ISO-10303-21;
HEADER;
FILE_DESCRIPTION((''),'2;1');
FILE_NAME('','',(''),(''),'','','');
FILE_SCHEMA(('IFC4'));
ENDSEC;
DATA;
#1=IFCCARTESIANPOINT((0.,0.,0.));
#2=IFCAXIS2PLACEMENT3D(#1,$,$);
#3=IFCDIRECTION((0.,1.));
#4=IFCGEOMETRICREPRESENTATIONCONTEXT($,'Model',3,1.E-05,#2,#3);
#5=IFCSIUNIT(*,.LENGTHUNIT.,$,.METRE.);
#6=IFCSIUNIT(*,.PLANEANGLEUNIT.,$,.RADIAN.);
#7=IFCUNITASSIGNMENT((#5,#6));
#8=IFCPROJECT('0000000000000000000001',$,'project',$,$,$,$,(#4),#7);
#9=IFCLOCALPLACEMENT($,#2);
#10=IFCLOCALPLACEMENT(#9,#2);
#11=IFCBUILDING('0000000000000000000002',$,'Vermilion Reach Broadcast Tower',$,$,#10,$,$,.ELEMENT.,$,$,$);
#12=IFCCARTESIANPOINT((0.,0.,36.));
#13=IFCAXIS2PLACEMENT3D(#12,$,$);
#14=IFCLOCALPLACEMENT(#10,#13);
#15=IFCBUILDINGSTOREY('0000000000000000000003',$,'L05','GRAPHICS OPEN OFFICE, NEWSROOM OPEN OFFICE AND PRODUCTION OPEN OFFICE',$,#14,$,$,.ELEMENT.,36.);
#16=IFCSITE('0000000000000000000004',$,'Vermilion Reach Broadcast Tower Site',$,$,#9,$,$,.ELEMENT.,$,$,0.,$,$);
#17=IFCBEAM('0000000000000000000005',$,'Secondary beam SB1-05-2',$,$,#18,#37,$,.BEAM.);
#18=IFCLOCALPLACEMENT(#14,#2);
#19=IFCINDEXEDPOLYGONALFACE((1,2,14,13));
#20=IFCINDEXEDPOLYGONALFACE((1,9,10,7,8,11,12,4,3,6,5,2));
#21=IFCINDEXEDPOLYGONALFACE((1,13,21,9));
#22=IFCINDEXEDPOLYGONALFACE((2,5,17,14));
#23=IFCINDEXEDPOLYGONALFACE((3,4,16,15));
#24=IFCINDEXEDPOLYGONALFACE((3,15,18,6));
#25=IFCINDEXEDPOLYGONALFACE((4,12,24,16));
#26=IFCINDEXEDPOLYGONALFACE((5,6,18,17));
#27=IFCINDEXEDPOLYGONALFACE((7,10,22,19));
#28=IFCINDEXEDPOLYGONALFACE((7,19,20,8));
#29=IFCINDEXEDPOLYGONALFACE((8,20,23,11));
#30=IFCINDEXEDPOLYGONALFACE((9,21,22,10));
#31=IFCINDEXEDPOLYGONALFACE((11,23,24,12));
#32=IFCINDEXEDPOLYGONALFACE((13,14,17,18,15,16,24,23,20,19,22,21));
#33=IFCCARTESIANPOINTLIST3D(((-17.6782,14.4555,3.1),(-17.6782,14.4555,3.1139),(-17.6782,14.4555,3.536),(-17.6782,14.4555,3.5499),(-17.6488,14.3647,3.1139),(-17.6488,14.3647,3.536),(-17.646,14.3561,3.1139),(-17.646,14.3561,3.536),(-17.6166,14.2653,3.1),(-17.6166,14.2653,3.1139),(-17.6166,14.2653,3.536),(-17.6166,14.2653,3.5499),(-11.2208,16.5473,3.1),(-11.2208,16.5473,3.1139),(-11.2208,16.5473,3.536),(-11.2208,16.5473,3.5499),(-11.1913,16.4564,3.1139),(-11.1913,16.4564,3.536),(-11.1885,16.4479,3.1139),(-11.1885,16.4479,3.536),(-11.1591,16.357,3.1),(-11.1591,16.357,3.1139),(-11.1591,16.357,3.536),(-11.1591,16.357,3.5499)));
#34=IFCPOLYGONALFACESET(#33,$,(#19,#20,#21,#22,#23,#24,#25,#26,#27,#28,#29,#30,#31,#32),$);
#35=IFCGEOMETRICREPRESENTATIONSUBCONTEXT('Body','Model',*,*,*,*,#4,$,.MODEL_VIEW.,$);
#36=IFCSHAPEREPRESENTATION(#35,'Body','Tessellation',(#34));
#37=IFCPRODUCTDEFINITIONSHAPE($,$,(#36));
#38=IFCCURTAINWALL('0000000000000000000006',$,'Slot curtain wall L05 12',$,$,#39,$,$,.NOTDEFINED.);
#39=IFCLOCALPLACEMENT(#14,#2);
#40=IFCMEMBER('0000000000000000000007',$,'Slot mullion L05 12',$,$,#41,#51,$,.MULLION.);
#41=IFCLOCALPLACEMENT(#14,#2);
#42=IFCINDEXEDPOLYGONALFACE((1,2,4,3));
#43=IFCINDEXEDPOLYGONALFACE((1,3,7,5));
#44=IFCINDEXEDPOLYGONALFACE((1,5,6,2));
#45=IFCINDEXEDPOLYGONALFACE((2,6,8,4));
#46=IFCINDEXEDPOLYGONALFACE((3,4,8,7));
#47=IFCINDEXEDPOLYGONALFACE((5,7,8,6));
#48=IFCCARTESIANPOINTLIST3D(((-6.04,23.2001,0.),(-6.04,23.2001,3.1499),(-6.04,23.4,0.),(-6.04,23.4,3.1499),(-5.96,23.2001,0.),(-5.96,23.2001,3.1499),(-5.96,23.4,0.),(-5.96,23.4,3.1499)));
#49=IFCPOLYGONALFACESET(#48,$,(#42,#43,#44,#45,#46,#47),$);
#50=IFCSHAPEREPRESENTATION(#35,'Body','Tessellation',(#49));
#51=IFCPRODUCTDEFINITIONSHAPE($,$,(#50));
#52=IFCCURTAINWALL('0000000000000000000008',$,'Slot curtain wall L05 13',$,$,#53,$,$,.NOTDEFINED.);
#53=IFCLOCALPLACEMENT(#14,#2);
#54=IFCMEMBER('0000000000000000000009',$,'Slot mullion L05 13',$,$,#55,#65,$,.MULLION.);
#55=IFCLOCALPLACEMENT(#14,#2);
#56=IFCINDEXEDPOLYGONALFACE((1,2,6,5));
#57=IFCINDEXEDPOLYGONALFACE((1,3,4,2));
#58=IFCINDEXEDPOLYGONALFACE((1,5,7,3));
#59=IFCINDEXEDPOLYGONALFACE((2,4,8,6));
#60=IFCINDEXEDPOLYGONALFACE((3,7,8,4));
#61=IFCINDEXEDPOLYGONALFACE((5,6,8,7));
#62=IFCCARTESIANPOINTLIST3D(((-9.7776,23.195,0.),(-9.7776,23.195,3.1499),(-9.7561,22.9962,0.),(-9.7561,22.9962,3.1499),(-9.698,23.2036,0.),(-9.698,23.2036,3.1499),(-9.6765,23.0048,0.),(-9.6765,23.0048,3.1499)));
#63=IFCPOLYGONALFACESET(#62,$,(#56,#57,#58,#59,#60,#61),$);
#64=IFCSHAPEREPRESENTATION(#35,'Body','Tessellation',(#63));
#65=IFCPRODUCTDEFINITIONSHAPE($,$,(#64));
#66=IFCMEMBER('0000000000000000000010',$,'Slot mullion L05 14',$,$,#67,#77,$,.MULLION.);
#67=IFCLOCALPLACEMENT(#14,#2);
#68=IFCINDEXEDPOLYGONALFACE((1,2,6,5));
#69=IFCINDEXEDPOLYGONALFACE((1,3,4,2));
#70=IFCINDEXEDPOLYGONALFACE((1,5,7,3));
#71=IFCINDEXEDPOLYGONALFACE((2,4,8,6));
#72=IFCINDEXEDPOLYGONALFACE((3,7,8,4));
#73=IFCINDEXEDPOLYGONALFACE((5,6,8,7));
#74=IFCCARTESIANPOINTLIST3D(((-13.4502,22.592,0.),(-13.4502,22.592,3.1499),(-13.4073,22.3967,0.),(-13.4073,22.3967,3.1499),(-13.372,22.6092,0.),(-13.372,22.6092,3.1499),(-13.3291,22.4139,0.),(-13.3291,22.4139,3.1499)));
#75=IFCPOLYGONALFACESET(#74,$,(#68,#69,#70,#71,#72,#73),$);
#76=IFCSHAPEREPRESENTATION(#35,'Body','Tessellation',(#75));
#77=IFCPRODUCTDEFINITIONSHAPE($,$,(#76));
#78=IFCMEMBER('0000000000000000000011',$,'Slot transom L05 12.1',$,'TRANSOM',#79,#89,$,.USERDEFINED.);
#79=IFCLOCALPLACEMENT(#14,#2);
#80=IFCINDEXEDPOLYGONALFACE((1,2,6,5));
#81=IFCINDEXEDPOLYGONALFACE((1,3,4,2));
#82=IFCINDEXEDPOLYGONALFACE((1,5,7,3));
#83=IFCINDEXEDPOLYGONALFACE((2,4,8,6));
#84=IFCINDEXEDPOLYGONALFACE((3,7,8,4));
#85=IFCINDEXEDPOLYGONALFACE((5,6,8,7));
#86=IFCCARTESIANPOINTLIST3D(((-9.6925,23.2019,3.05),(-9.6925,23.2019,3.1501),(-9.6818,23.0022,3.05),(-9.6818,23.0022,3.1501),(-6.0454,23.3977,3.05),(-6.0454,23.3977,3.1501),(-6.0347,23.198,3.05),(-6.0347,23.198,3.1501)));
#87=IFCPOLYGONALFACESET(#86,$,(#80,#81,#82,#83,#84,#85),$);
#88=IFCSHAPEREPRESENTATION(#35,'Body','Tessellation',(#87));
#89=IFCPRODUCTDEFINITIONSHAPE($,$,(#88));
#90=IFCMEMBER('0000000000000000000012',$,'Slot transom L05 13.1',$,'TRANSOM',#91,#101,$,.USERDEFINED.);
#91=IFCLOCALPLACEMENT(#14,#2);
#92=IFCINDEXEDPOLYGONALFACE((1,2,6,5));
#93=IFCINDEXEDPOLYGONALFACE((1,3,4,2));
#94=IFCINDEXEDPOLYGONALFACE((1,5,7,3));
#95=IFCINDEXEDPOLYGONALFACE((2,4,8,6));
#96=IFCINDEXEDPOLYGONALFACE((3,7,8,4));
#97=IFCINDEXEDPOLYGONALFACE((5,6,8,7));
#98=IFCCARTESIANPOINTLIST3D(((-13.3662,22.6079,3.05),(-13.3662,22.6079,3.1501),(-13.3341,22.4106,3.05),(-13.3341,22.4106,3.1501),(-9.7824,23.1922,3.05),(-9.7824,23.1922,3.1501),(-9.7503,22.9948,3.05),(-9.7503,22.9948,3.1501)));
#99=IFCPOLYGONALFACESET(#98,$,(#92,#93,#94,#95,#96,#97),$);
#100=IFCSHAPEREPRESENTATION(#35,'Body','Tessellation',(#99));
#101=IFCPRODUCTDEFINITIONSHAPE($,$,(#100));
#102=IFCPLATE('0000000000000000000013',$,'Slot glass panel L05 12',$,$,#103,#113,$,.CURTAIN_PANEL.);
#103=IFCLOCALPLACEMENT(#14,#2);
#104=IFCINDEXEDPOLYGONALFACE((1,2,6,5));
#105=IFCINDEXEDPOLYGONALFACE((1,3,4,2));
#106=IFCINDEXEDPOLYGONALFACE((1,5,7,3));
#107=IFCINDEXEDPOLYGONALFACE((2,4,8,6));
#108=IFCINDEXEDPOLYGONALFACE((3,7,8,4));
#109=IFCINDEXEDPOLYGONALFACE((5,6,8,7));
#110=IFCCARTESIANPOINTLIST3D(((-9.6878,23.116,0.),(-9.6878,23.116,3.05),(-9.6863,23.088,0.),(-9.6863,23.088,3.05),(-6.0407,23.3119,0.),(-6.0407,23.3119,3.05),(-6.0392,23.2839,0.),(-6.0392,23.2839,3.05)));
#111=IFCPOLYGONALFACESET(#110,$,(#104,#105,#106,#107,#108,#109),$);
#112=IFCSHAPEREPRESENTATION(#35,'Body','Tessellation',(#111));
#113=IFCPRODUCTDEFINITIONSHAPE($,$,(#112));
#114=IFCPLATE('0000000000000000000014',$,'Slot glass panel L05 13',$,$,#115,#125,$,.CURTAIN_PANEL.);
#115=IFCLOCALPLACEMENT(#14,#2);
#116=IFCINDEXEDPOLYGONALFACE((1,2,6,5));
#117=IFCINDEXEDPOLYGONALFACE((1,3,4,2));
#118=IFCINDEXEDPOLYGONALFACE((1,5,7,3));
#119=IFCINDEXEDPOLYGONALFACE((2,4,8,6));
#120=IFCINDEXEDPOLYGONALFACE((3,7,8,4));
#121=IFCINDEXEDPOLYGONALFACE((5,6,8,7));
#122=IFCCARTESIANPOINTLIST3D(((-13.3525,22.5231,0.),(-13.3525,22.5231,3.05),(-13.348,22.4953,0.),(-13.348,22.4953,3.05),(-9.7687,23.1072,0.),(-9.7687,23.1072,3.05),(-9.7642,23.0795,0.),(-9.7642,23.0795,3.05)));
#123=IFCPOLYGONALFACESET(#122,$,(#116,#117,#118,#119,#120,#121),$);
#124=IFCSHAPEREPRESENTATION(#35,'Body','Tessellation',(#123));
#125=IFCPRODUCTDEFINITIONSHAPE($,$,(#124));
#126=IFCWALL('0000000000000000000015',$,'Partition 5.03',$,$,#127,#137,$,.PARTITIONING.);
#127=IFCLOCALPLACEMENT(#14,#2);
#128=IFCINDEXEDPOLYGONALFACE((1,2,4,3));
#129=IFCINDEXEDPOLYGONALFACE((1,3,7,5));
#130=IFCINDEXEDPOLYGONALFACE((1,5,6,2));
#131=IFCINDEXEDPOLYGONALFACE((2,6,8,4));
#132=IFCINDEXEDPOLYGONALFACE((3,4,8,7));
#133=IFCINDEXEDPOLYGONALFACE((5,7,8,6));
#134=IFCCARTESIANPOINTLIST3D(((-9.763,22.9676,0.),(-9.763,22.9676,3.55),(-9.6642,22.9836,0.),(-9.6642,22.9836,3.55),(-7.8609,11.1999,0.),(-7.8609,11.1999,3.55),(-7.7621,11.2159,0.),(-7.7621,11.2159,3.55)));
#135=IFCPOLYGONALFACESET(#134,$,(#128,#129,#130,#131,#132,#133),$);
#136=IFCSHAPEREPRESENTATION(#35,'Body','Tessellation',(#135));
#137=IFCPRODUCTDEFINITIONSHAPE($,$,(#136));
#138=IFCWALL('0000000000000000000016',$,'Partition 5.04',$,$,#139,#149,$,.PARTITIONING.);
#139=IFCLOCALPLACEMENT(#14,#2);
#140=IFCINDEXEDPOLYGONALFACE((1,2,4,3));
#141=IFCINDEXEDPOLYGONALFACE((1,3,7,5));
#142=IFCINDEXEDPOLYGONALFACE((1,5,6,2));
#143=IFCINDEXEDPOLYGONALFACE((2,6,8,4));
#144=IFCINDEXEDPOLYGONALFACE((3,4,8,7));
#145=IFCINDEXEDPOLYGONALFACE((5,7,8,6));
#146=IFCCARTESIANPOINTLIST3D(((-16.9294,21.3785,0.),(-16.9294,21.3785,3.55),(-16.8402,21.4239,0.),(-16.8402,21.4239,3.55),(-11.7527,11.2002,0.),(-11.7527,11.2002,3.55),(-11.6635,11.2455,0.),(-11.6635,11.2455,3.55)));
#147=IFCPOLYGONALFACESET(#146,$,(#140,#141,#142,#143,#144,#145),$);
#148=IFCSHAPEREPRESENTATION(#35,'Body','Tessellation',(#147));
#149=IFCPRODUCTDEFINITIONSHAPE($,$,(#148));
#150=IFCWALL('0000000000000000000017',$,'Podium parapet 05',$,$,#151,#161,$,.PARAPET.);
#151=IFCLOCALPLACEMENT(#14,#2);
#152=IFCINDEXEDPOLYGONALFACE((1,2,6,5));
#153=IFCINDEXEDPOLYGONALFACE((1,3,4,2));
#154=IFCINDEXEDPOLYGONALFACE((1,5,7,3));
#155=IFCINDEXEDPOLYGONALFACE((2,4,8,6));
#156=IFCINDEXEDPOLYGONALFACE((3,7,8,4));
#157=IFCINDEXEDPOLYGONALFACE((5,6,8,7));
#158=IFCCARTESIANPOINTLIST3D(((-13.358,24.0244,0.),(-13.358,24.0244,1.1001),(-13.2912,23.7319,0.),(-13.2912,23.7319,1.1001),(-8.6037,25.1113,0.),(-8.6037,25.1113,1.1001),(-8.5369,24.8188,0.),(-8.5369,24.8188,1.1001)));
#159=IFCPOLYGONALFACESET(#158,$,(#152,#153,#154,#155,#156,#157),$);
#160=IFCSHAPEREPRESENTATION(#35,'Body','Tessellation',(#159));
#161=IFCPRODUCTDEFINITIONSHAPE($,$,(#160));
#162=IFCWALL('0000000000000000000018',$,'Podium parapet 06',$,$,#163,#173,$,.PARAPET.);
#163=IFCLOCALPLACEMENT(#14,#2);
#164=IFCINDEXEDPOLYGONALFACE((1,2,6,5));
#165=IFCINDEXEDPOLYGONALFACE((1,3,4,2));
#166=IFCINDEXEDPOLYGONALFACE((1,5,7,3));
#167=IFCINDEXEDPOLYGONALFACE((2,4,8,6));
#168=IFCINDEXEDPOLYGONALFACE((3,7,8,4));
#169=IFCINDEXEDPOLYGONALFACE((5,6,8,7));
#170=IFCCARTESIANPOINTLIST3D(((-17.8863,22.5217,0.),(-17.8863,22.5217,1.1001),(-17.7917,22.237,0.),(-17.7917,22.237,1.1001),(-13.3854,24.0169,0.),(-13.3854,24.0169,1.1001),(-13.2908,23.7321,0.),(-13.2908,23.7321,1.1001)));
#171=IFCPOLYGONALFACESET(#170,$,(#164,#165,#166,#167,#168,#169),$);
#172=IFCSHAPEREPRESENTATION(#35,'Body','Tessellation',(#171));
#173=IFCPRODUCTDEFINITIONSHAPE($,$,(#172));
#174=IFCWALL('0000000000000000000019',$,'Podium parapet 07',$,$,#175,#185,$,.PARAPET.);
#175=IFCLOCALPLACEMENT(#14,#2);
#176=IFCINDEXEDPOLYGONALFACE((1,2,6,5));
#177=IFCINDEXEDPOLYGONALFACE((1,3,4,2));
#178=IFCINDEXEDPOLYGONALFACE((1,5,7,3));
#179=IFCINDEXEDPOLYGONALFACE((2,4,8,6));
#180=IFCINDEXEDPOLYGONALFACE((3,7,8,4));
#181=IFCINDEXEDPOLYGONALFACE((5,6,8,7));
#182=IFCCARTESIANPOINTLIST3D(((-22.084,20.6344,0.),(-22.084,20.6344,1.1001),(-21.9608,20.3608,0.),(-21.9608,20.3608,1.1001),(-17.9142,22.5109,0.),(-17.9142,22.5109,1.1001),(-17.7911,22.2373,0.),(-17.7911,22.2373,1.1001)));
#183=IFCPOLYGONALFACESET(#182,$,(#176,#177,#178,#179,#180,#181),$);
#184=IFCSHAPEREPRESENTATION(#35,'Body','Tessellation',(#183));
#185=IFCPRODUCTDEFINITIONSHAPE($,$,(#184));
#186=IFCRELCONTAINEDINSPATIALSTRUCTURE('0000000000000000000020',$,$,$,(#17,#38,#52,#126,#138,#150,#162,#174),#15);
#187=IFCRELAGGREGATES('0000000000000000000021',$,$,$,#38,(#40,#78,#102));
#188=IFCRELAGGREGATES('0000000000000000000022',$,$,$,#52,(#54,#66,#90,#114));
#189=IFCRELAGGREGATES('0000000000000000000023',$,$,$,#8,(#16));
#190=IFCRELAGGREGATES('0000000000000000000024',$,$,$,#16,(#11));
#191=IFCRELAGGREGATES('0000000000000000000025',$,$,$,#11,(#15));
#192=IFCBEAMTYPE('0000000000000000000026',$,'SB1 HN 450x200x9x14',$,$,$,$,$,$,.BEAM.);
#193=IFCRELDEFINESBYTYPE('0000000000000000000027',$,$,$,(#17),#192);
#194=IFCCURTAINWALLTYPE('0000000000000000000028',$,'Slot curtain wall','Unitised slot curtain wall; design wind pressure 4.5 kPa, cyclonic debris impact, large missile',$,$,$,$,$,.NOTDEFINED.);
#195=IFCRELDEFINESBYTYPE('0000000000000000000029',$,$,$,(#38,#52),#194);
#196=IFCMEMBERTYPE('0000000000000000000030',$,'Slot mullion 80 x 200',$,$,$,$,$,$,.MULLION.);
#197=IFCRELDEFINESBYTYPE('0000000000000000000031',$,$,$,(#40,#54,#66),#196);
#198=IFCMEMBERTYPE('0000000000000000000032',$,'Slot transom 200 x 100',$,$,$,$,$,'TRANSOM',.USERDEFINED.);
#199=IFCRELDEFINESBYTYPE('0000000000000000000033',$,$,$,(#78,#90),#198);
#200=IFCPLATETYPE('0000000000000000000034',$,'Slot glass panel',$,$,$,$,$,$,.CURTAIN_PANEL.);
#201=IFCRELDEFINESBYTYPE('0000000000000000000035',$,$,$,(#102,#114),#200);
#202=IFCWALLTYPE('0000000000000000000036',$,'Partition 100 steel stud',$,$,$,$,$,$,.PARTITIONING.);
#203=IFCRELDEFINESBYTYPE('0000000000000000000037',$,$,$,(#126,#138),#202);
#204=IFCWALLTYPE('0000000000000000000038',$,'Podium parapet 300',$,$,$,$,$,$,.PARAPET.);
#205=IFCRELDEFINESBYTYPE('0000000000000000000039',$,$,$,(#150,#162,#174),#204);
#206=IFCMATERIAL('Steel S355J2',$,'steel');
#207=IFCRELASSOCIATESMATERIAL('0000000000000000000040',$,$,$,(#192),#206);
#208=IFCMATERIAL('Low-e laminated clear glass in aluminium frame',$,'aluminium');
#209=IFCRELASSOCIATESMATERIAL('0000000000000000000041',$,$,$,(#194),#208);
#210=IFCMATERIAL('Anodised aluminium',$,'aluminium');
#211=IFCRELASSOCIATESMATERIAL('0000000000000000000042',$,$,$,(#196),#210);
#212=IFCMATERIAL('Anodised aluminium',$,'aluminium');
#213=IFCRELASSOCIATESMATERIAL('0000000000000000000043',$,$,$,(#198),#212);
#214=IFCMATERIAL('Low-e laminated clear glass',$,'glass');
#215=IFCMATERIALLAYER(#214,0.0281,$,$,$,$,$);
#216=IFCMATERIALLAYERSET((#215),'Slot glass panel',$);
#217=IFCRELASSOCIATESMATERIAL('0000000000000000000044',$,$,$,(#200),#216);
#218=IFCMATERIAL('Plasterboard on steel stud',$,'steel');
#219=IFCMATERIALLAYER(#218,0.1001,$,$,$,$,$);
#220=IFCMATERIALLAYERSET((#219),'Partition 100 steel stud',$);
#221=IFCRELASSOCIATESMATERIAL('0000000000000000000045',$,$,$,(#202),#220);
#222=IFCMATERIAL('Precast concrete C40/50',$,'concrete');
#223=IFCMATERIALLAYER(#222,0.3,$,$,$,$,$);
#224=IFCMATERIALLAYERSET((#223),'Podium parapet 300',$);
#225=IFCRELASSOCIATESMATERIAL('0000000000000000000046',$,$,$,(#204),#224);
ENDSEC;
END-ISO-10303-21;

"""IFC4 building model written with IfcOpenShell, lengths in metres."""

from ifc_helpers import new_model, si_unit, direction, frame, frame_2d, origin, origin_2d, place, context, subcontext, project, spatial, rectangle, i_section, extrude, material, layer, layer_set, material_profile, profile_set, type_object, element, aggregate, save


model = new_model("IFC4")

# Units and contexts
model_context = context("Model", 3, precision=1e-05, world=origin(), true_north=direction((0.0, 1.0)))
body_context = subcontext(model_context, "Body", "Model", "MODEL_VIEW")
ifc_project = project(units=[si_unit("LENGTHUNIT", "METRE"), si_unit("PLANEANGLEUNIT", "RADIAN")], contexts=[model_context])

# Site, building, storey
site_placement = place(None, origin())
site = spatial("IfcSite", under=ifc_project, at=site_placement, Name="Vermilion Reach Broadcast Tower Site", CompositionType="ELEMENT", RefElevation=0.0)
building_placement = place(site_placement, origin())
building = spatial("IfcBuilding", under=site, at=building_placement, Name="Vermilion Reach Broadcast Tower", CompositionType="ELEMENT")
storey_placement = place(building_placement, frame((0.0, 0.0, 36.0)))
storey = spatial("IfcBuildingStorey", under=building, at=storey_placement, Name="L05", Description="GRAPHICS OPEN OFFICE, NEWSROOM OPEN OFFICE AND PRODUCTION OPEN OFFICE", CompositionType="ELEMENT", Elevation=36.0)

# Beam
ifc_material_1 = material(Name="Steel S355J2", Category="steel")
ifc_material_profile_1 = material_profile(ifc_material_1, i_section(OverallWidth=0.2, OverallDepth=0.45, WebThickness=0.009, FlangeThickness=0.0139, at=origin_2d()), Name="S355J2 HN 450x200x9x14")
ifc_profile_set_1 = profile_set([ifc_material_profile_1], Name="Steel S355J2")
beam_type_1 = type_object("IfcBeamType", Name="SB1 HN 450x200x9x14", PredefinedType="BEAM", material=ifc_profile_set_1)
beam_1_placement = place(storey_placement, frame((-11.1899, 16.4521, 3.325), z_axis=(-0.951332, -0.308167, 0.0), x_axis=(0.308167, -0.951332, 0.0)))
element("IfcBeam", 1, at=beam_1_placement, inside=storey, type_object=beam_type_1, Name="Secondary beam SB1-05-2", PredefinedType="BEAM", context=body_context, shape_type="SweptSolid", body=[
    extrude(i_section(OverallWidth=0.2, OverallDepth=0.45, WebThickness=0.009, FlangeThickness=0.0139, at=origin_2d()), origin(), (0.0, 0.0, 1.0), 6.7878),
])

# Curtain wall, member
ifc_material_2 = material(Name="Low-e laminated clear glass in aluminium frame", Category="aluminium")
curtain_wall_type = type_object("IfcCurtainWallType", Name="Slot curtain wall", Description="Unitised slot curtain wall; design wind pressure 4.5 kPa, cyclonic debris impact, large missile", PredefinedType="NOTDEFINED", material=ifc_material_2)
placement = place(storey_placement, origin())
curtain_wall_1 = element("IfcCurtainWall", 2, at=placement, inside=storey, type_object=curtain_wall_type, Name="Slot curtain wall L05 12", PredefinedType="NOTDEFINED")
ifc_material_3 = material(Name="Anodised aluminium", Category="aluminium")
ifc_material_profile_2 = material_profile(ifc_material_3, rectangle(XDim=0.2, YDim=0.0801, at=origin_2d()), Name="Slot mullion 80 x 200")
ifc_profile_set_2 = profile_set([ifc_material_profile_2], Name="Anodised aluminium")
member_type_1 = type_object("IfcMemberType", Name="Slot mullion 80 x 200", PredefinedType="MULLION", material=ifc_profile_set_2)
member_1_placement = place(storey_placement, frame((-6.0, 23.3, 0.0), z_axis=(0.0, 0.0, 1.0), x_axis=(0.0, -1.0, 0.0)))
member_1 = element("IfcMember", 3, at=member_1_placement, type_object=member_type_1, Name="Slot mullion L05 12", PredefinedType="MULLION", context=body_context, shape_type="SweptSolid", body=[
    extrude(rectangle(XDim=0.2, YDim=0.0801, at=origin_2d()), origin(), (0.0, 0.0, 1.0), 3.1499),
])

# Curtain wall, members
curtain_wall_2 = element("IfcCurtainWall", 4, at=placement, inside=storey, type_object=curtain_wall_type, Name="Slot curtain wall L05 13", PredefinedType="NOTDEFINED")
member_2_placement = place(storey_placement, frame((-9.7271, 23.0999, 0.0), z_axis=(0.0, 0.0, 1.0), x_axis=(0.107408, -0.994215, 0.0)))
member_2 = element("IfcMember", 5, at=member_2_placement, type_object=member_type_1, Name="Slot mullion L05 13", PredefinedType="MULLION", context=body_context, shape_type="SweptSolid", body=[
    extrude(rectangle(XDim=0.2, YDim=0.0801, at=origin_2d()), origin(), (0.0, 0.0, 1.0), 3.1499),
])
member_3_placement = place(storey_placement, frame((-13.3896, 22.5029, 0.0), z_axis=(0.0, 0.0, 1.0), x_axis=(0.214752, -0.976669, 0.0)))
member_3 = element("IfcMember", 6, at=member_3_placement, type_object=member_type_1, Name="Slot mullion L05 14", PredefinedType="MULLION", context=body_context, shape_type="SweptSolid", body=[
    extrude(rectangle(XDim=0.2, YDim=0.0801, at=origin_2d()), origin(), (0.0, 0.0, 1.0), 3.1499),
])

# Members
ifc_material_4 = material(Name="Anodised aluminium", Category="aluminium")
ifc_material_profile_3 = material_profile(ifc_material_4, rectangle(XDim=0.2, YDim=0.1001, at=origin_2d()), Name="Slot transom 200 x 100")
ifc_profile_set_3 = profile_set([ifc_material_profile_3], Name="Anodised aluminium")
member_type_2 = type_object("IfcMemberType", Name="Slot transom 200 x 100", ElementType="TRANSOM", PredefinedType="USERDEFINED", material=ifc_profile_set_3)
member_4_placement = place(storey_placement, frame((-6.04, 23.2979, 3.1001), z_axis=(-0.998562, -0.053611, 0.0), x_axis=(0.053611, -0.998562, 0.0)))
member_4 = element("IfcMember", 7, at=member_4_placement, type_object=member_type_2, Name="Slot transom L05 12.1", ObjectType="TRANSOM", PredefinedType="USERDEFINED", context=body_context, shape_type="SweptSolid", body=[
    extrude(rectangle(XDim=0.2, YDim=0.1001, at=origin_2d()), origin(), (0.0, 0.0, 1.0), 3.6523),
])
member_5_placement = place(storey_placement, frame((-9.7664, 23.0935, 3.1001), z_axis=(-0.986971, -0.160898, 0.0), x_axis=(0.160898, -0.986971, 0.0)))
member_5 = element("IfcMember", 8, at=member_5_placement, type_object=member_type_2, Name="Slot transom L05 13.1", ObjectType="TRANSOM", PredefinedType="USERDEFINED", context=body_context, shape_type="SweptSolid", body=[
    extrude(rectangle(XDim=0.2, YDim=0.1001, at=origin_2d()), origin(), (0.0, 0.0, 1.0), 3.6311),
])

# Plates
ifc_material_5 = material(Name="Low-e laminated clear glass", Category="glass")
ifc_layer_1 = layer(ifc_material_5, 0.0281)
ifc_layer_set_1 = layer_set([ifc_layer_1], Name="Slot glass panel")
plate_type = type_object("IfcPlateType", Name="Slot glass panel", PredefinedType="CURTAIN_PANEL", material=ifc_layer_set_1)
plate_1_placement = place(storey_placement, frame((-7.8635, 23.2, 0.0), z_axis=(0.0, 0.0, 1.0), x_axis=(-0.998561, -0.053631, 0.0)))
plate_1 = element("IfcPlate", 9, at=plate_1_placement, type_object=plate_type, Name="Slot glass panel L05 12", PredefinedType="CURTAIN_PANEL", context=body_context, shape_type="SweptSolid", body=[
    extrude(rectangle(XDim=3.6523, YDim=0.0281, at=origin_2d()), origin(), (0.0, 0.0, 1.0), 3.05),
])
aggregate(curtain_wall_1, [member_1, member_4, plate_1])
plate_2_placement = place(storey_placement, frame((-11.5583, 22.8013, 0.0), z_axis=(0.0, 0.0, 1.0), x_axis=(-0.986975, -0.160872, 0.0)))
plate_2 = element("IfcPlate", 10, at=plate_2_placement, type_object=plate_type, Name="Slot glass panel L05 13", PredefinedType="CURTAIN_PANEL", context=body_context, shape_type="SweptSolid", body=[
    extrude(rectangle(XDim=3.6311, YDim=0.0281, at=origin_2d()), origin(), (0.0, 0.0, 1.0), 3.05),
])
aggregate(curtain_wall_2, [member_2, member_3, member_5, plate_2])

# Walls
ifc_material_6 = material(Name="Plasterboard on steel stud", Category="steel")
ifc_layer_2 = layer(ifc_material_6, 0.1001)
ifc_layer_set_2 = layer_set([ifc_layer_2], Name="Partition 100 steel stud")
wall_type_1 = type_object("IfcWallType", Name="Partition 100 steel stud", PredefinedType="PARTITIONING", material=ifc_layer_set_2)
wall_1_placement = place(storey_placement, frame((-9.7136, 22.9756, 0.0), z_axis=(0.0, 0.0, 1.0), x_axis=(0.159568, -0.987187, 0.0)))
element("IfcWall", 11, at=wall_1_placement, inside=storey, type_object=wall_type_1, Name="Partition 5.03", PredefinedType="PARTITIONING", context=body_context, shape_type="SweptSolid", body=[
    extrude(rectangle(XDim=11.9204, YDim=0.1001, at=frame_2d((5.9602, 0.0))), origin(), (0.0, 0.0, 1.0), 3.55),
])
wall_2_placement = place(storey_placement, frame((-16.8848, 21.4011, 0.0), z_axis=(0.0, 0.0, 1.0), x_axis=(0.453335, -0.89134, 0.0)))
element("IfcWall", 12, at=wall_2_placement, inside=storey, type_object=wall_type_1, Name="Partition 5.04", PredefinedType="PARTITIONING", context=body_context, shape_type="SweptSolid", body=[
    extrude(rectangle(XDim=11.4192, YDim=0.1001, at=frame_2d((5.7095, 0.0))), origin(), (0.0, 0.0, 1.0), 3.55),
])
ifc_material_7 = material(Name="Precast concrete C40/50", Category="concrete")
ifc_layer_3 = layer(ifc_material_7, 0.3)
ifc_layer_set_3 = layer_set([ifc_layer_3], Name="Podium parapet 300")
wall_type_2 = type_object("IfcWallType", Name="Podium parapet 300", PredefinedType="PARAPET", material=ifc_layer_set_3)
wall_3_placement = place(storey_placement, frame((-8.5703, 24.9651, 0.0), z_axis=(0.0, 0.0, 1.0), x_axis=(-0.97485, -0.222863, 0.0)))
element("IfcWall", 13, at=wall_3_placement, inside=storey, type_object=wall_type_2, Name="Podium parapet 05", PredefinedType="PARAPET", context=body_context, shape_type="SweptSolid", body=[
    extrude(rectangle(XDim=4.877, YDim=0.3, at=frame_2d((2.4385, 0.0))), origin(), (0.0, 0.0, 1.0), 1.1001),
])
wall_4_placement = place(storey_placement, frame((-13.3381, 23.8745, 0.0), z_axis=(0.0, 0.0, 1.0), x_axis=(-0.949007, -0.315255, 0.0)))
element("IfcWall", 14, at=wall_4_placement, inside=storey, type_object=wall_type_2, Name="Podium parapet 06", PredefinedType="PARAPET", context=body_context, shape_type="SweptSolid", body=[
    extrude(rectangle(XDim=4.7427, YDim=0.3, at=frame_2d((2.3713, 0.0))), origin(), (0.0, 0.0, 1.0), 1.1001),
])
wall_5_placement = place(storey_placement, frame((-17.8528, 22.374, 0.0), z_axis=(0.0, 0.0, 1.0), x_axis=(-0.911913, -0.410385, 0.0)))
element("IfcWall", 15, at=wall_5_placement, inside=storey, type_object=wall_type_2, Name="Podium parapet 07", PredefinedType="PARAPET", context=body_context, shape_type="SweptSolid", body=[
    extrude(rectangle(XDim=4.5725, YDim=0.3, at=frame_2d((2.2861, 0.0))), origin(), (0.0, 0.0, 1.0), 1.1001),
])

save(model, "model.ifc")
